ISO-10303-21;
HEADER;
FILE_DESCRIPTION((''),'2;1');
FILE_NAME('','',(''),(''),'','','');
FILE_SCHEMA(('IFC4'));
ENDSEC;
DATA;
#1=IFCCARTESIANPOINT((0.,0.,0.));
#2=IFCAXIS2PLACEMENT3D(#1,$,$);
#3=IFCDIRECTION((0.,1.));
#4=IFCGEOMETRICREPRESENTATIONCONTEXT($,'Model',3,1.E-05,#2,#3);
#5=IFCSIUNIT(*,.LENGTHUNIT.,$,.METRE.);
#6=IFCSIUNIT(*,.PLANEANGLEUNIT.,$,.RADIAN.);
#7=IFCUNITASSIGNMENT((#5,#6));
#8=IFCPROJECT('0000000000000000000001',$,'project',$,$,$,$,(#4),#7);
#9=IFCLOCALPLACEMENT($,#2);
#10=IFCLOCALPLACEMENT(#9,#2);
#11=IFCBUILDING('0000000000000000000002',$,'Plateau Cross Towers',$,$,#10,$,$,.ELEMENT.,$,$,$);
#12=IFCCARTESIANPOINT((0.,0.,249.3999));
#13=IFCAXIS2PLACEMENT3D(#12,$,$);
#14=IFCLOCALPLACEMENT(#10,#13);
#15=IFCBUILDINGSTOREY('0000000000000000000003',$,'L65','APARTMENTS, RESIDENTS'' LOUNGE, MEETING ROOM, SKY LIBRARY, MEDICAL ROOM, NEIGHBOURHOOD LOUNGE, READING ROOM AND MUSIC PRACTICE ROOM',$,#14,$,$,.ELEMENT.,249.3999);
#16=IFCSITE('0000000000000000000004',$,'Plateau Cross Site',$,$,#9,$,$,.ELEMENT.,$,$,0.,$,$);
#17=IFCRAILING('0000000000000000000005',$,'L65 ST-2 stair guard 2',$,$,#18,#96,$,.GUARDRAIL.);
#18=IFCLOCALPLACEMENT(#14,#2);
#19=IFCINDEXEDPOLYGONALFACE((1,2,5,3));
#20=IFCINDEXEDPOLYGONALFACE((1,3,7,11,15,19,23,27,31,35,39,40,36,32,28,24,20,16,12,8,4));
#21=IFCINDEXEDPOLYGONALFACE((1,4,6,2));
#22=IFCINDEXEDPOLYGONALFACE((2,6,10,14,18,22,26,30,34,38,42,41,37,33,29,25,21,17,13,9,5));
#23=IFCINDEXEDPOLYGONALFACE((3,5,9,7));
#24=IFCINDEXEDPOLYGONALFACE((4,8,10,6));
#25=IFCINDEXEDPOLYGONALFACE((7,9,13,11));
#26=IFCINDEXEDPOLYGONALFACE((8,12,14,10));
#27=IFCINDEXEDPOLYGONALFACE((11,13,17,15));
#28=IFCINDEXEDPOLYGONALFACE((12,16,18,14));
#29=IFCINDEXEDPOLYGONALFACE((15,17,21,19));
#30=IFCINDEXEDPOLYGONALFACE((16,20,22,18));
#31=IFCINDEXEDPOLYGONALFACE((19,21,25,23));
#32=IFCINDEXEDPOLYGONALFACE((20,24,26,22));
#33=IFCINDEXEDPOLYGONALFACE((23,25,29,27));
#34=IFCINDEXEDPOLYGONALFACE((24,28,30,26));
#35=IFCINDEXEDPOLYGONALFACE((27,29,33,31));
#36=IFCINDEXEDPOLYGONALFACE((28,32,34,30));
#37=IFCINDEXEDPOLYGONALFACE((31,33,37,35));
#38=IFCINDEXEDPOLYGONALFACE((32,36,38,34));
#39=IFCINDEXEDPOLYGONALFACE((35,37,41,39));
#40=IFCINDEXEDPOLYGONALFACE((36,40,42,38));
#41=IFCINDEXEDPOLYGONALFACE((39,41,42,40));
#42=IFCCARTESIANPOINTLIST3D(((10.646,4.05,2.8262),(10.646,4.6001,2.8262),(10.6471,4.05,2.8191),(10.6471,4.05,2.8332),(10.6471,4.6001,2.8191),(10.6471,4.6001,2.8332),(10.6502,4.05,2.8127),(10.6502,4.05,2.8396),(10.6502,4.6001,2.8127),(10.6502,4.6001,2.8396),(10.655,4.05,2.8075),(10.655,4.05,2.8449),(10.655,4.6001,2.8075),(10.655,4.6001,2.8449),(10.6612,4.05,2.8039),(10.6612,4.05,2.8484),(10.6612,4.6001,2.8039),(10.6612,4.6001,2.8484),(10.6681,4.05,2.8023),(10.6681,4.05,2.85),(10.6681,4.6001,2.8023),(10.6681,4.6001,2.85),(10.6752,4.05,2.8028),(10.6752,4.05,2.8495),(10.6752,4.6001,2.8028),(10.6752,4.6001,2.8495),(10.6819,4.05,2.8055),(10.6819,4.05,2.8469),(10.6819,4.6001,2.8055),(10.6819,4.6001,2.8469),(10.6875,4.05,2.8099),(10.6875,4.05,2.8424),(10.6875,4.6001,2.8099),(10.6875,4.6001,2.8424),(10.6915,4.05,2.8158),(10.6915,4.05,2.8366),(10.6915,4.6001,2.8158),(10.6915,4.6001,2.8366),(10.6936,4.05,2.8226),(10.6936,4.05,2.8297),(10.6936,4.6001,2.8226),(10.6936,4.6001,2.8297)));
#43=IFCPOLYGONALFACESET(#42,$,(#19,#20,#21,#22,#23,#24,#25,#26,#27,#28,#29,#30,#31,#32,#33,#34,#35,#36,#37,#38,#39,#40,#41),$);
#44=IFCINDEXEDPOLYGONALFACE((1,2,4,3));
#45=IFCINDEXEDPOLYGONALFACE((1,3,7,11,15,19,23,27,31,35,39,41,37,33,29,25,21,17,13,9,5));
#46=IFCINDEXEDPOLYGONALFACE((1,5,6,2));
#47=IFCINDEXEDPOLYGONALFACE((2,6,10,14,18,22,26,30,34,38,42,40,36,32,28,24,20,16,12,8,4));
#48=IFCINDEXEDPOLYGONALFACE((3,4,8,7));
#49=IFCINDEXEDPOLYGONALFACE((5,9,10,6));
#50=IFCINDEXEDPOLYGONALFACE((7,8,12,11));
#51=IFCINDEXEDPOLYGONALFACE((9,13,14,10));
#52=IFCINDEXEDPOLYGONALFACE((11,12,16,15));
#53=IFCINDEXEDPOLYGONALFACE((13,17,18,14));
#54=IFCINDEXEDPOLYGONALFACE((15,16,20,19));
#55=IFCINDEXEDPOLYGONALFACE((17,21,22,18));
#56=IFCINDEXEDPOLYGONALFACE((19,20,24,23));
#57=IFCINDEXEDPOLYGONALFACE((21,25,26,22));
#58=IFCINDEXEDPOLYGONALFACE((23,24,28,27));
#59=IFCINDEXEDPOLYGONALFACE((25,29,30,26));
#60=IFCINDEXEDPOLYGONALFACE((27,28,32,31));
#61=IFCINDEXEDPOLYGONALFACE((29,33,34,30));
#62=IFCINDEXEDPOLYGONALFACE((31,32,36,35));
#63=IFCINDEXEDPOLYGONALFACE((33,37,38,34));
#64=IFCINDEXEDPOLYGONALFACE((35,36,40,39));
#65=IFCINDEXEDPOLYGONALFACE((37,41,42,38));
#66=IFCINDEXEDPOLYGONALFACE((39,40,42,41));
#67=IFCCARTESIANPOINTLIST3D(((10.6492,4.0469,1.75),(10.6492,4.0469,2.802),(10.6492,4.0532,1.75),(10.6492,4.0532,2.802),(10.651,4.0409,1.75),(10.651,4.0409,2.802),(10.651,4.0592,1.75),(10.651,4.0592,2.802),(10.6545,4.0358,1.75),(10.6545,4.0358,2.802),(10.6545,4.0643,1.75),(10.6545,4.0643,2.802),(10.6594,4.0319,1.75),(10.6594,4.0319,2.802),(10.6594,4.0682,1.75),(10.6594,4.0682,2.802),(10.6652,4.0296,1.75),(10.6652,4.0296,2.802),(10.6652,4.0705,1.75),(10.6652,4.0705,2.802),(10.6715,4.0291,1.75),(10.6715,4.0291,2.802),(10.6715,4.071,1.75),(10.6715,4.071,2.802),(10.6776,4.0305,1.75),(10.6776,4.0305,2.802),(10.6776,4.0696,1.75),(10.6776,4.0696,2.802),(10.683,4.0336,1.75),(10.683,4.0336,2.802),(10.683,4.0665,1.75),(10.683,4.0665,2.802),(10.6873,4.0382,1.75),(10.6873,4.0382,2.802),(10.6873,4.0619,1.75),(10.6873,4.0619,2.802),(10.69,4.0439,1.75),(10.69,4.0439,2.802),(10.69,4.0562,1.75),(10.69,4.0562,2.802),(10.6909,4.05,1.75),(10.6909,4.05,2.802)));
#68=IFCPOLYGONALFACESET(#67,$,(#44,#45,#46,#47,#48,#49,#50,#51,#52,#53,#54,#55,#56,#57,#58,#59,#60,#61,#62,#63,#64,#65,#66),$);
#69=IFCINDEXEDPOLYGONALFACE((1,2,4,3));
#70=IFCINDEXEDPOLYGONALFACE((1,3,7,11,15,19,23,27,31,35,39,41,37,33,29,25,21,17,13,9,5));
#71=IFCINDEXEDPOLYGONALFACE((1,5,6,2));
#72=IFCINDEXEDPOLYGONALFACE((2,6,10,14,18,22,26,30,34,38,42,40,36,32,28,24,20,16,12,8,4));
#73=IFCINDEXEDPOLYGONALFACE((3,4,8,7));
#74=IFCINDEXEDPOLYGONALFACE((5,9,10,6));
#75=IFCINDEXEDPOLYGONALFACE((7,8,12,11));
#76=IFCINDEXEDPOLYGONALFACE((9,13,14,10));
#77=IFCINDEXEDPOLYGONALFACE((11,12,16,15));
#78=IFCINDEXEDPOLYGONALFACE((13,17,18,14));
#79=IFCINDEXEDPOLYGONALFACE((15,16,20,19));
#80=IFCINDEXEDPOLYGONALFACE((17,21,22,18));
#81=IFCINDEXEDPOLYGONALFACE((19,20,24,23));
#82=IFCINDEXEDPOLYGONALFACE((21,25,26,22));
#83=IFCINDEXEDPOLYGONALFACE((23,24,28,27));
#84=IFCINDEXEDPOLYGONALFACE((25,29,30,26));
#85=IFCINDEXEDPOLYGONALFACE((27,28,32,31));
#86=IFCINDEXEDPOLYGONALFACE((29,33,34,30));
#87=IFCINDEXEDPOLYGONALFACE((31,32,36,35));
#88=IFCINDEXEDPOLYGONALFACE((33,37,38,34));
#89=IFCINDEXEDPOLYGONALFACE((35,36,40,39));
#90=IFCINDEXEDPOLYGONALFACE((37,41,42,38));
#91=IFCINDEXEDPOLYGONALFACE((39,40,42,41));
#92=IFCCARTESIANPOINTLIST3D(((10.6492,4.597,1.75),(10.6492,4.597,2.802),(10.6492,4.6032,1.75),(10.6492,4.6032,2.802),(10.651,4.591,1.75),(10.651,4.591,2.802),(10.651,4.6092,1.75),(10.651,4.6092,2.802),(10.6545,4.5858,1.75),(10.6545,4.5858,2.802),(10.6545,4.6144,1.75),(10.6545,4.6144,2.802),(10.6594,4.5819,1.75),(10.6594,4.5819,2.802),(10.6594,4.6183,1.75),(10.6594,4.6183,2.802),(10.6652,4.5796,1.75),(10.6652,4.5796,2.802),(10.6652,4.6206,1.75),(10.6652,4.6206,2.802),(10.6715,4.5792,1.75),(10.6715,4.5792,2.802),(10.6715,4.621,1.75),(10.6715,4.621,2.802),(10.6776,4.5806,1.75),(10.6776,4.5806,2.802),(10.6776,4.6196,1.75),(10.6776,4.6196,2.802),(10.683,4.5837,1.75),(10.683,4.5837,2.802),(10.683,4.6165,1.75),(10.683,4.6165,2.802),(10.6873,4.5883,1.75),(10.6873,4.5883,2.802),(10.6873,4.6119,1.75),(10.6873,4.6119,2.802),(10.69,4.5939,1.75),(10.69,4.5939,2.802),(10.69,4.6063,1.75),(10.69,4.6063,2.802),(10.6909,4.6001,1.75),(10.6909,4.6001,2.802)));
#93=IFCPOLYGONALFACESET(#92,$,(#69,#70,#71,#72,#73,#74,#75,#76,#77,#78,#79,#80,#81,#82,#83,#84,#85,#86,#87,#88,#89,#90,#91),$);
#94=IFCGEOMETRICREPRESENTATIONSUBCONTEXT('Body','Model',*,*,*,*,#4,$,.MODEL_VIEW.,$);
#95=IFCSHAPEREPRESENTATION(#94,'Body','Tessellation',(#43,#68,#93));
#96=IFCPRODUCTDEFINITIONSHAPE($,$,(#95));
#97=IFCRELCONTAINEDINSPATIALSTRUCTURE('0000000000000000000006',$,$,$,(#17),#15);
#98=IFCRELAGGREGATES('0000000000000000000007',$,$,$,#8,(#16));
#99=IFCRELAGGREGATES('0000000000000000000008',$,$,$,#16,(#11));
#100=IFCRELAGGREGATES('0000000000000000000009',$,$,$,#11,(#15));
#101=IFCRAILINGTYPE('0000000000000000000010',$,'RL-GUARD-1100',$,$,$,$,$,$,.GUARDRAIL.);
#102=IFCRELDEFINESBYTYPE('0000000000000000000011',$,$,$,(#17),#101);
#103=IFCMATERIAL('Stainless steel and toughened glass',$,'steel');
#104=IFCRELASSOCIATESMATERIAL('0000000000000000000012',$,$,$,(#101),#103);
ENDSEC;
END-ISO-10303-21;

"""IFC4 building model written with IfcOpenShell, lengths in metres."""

from ifc_helpers import new_model, si_unit, direction, frame, origin, origin_2d, place, context, subcontext, project, spatial, circle, extrude, material, type_object, element, save


model = new_model("IFC4")

# Units and contexts
model_context = context("Model", 3, precision=1e-05, world=origin(), true_north=direction((0.0, 1.0)))
body_context = subcontext(model_context, "Body", "Model", "MODEL_VIEW")
ifc_project = project(units=[si_unit("LENGTHUNIT", "METRE"), si_unit("PLANEANGLEUNIT", "RADIAN")], contexts=[model_context])

# Site, building, storey
site_placement = place(None, origin())
site = spatial("IfcSite", under=ifc_project, at=site_placement, Name="Plateau Cross Site", CompositionType="ELEMENT", RefElevation=0.0)
building_placement = place(site_placement, origin())
building = spatial("IfcBuilding", under=site, at=building_placement, Name="Plateau Cross Towers", CompositionType="ELEMENT")
storey_placement = place(building_placement, frame((0.0, 0.0, 249.3999)))
storey = spatial("IfcBuildingStorey", under=building, at=storey_placement, Name="L65", Description="APARTMENTS, RESIDENTS' LOUNGE, MEETING ROOM, SKY LIBRARY, MEDICAL ROOM, NEIGHBOURHOOD LOUNGE, READING ROOM AND MUSIC PRACTICE ROOM", CompositionType="ELEMENT", Elevation=249.3999)

# Railing
ifc_material_1 = material(Name="Stainless steel and toughened glass", Category="steel")
railing_type_1 = type_object("IfcRailingType", Name="RL-GUARD-1100", PredefinedType="GUARDRAIL", material=ifc_material_1)
railing_1_placement = place(storey_placement, frame((10.6699, 4.05, 1.75)))
element("IfcRailing", 1, at=railing_1_placement, inside=storey, type_object=railing_type_1, Name="L65 ST-2 stair guard 2", PredefinedType="GUARDRAIL", context=body_context, shape_type="SweptSolid", body=[
    extrude(circle(Radius=0.0239, at=origin_2d()), frame((0.0, 0.0, 1.0762), z_axis=(0.0, 1.0, 0.0), x_axis=(-1.0, 0.0, 0.0)), (0.0, 0.0, 1.0), 0.55),
    extrude(circle(Radius=0.021, at=origin_2d()), origin(), (0.0, 0.0, 1.0), 1.052),
    extrude(circle(Radius=0.021, at=origin_2d()), frame((0.0, 0.55, 0.0)), (0.0, 0.0, 1.0), 1.052),
])

save(model, "model.ifc")
